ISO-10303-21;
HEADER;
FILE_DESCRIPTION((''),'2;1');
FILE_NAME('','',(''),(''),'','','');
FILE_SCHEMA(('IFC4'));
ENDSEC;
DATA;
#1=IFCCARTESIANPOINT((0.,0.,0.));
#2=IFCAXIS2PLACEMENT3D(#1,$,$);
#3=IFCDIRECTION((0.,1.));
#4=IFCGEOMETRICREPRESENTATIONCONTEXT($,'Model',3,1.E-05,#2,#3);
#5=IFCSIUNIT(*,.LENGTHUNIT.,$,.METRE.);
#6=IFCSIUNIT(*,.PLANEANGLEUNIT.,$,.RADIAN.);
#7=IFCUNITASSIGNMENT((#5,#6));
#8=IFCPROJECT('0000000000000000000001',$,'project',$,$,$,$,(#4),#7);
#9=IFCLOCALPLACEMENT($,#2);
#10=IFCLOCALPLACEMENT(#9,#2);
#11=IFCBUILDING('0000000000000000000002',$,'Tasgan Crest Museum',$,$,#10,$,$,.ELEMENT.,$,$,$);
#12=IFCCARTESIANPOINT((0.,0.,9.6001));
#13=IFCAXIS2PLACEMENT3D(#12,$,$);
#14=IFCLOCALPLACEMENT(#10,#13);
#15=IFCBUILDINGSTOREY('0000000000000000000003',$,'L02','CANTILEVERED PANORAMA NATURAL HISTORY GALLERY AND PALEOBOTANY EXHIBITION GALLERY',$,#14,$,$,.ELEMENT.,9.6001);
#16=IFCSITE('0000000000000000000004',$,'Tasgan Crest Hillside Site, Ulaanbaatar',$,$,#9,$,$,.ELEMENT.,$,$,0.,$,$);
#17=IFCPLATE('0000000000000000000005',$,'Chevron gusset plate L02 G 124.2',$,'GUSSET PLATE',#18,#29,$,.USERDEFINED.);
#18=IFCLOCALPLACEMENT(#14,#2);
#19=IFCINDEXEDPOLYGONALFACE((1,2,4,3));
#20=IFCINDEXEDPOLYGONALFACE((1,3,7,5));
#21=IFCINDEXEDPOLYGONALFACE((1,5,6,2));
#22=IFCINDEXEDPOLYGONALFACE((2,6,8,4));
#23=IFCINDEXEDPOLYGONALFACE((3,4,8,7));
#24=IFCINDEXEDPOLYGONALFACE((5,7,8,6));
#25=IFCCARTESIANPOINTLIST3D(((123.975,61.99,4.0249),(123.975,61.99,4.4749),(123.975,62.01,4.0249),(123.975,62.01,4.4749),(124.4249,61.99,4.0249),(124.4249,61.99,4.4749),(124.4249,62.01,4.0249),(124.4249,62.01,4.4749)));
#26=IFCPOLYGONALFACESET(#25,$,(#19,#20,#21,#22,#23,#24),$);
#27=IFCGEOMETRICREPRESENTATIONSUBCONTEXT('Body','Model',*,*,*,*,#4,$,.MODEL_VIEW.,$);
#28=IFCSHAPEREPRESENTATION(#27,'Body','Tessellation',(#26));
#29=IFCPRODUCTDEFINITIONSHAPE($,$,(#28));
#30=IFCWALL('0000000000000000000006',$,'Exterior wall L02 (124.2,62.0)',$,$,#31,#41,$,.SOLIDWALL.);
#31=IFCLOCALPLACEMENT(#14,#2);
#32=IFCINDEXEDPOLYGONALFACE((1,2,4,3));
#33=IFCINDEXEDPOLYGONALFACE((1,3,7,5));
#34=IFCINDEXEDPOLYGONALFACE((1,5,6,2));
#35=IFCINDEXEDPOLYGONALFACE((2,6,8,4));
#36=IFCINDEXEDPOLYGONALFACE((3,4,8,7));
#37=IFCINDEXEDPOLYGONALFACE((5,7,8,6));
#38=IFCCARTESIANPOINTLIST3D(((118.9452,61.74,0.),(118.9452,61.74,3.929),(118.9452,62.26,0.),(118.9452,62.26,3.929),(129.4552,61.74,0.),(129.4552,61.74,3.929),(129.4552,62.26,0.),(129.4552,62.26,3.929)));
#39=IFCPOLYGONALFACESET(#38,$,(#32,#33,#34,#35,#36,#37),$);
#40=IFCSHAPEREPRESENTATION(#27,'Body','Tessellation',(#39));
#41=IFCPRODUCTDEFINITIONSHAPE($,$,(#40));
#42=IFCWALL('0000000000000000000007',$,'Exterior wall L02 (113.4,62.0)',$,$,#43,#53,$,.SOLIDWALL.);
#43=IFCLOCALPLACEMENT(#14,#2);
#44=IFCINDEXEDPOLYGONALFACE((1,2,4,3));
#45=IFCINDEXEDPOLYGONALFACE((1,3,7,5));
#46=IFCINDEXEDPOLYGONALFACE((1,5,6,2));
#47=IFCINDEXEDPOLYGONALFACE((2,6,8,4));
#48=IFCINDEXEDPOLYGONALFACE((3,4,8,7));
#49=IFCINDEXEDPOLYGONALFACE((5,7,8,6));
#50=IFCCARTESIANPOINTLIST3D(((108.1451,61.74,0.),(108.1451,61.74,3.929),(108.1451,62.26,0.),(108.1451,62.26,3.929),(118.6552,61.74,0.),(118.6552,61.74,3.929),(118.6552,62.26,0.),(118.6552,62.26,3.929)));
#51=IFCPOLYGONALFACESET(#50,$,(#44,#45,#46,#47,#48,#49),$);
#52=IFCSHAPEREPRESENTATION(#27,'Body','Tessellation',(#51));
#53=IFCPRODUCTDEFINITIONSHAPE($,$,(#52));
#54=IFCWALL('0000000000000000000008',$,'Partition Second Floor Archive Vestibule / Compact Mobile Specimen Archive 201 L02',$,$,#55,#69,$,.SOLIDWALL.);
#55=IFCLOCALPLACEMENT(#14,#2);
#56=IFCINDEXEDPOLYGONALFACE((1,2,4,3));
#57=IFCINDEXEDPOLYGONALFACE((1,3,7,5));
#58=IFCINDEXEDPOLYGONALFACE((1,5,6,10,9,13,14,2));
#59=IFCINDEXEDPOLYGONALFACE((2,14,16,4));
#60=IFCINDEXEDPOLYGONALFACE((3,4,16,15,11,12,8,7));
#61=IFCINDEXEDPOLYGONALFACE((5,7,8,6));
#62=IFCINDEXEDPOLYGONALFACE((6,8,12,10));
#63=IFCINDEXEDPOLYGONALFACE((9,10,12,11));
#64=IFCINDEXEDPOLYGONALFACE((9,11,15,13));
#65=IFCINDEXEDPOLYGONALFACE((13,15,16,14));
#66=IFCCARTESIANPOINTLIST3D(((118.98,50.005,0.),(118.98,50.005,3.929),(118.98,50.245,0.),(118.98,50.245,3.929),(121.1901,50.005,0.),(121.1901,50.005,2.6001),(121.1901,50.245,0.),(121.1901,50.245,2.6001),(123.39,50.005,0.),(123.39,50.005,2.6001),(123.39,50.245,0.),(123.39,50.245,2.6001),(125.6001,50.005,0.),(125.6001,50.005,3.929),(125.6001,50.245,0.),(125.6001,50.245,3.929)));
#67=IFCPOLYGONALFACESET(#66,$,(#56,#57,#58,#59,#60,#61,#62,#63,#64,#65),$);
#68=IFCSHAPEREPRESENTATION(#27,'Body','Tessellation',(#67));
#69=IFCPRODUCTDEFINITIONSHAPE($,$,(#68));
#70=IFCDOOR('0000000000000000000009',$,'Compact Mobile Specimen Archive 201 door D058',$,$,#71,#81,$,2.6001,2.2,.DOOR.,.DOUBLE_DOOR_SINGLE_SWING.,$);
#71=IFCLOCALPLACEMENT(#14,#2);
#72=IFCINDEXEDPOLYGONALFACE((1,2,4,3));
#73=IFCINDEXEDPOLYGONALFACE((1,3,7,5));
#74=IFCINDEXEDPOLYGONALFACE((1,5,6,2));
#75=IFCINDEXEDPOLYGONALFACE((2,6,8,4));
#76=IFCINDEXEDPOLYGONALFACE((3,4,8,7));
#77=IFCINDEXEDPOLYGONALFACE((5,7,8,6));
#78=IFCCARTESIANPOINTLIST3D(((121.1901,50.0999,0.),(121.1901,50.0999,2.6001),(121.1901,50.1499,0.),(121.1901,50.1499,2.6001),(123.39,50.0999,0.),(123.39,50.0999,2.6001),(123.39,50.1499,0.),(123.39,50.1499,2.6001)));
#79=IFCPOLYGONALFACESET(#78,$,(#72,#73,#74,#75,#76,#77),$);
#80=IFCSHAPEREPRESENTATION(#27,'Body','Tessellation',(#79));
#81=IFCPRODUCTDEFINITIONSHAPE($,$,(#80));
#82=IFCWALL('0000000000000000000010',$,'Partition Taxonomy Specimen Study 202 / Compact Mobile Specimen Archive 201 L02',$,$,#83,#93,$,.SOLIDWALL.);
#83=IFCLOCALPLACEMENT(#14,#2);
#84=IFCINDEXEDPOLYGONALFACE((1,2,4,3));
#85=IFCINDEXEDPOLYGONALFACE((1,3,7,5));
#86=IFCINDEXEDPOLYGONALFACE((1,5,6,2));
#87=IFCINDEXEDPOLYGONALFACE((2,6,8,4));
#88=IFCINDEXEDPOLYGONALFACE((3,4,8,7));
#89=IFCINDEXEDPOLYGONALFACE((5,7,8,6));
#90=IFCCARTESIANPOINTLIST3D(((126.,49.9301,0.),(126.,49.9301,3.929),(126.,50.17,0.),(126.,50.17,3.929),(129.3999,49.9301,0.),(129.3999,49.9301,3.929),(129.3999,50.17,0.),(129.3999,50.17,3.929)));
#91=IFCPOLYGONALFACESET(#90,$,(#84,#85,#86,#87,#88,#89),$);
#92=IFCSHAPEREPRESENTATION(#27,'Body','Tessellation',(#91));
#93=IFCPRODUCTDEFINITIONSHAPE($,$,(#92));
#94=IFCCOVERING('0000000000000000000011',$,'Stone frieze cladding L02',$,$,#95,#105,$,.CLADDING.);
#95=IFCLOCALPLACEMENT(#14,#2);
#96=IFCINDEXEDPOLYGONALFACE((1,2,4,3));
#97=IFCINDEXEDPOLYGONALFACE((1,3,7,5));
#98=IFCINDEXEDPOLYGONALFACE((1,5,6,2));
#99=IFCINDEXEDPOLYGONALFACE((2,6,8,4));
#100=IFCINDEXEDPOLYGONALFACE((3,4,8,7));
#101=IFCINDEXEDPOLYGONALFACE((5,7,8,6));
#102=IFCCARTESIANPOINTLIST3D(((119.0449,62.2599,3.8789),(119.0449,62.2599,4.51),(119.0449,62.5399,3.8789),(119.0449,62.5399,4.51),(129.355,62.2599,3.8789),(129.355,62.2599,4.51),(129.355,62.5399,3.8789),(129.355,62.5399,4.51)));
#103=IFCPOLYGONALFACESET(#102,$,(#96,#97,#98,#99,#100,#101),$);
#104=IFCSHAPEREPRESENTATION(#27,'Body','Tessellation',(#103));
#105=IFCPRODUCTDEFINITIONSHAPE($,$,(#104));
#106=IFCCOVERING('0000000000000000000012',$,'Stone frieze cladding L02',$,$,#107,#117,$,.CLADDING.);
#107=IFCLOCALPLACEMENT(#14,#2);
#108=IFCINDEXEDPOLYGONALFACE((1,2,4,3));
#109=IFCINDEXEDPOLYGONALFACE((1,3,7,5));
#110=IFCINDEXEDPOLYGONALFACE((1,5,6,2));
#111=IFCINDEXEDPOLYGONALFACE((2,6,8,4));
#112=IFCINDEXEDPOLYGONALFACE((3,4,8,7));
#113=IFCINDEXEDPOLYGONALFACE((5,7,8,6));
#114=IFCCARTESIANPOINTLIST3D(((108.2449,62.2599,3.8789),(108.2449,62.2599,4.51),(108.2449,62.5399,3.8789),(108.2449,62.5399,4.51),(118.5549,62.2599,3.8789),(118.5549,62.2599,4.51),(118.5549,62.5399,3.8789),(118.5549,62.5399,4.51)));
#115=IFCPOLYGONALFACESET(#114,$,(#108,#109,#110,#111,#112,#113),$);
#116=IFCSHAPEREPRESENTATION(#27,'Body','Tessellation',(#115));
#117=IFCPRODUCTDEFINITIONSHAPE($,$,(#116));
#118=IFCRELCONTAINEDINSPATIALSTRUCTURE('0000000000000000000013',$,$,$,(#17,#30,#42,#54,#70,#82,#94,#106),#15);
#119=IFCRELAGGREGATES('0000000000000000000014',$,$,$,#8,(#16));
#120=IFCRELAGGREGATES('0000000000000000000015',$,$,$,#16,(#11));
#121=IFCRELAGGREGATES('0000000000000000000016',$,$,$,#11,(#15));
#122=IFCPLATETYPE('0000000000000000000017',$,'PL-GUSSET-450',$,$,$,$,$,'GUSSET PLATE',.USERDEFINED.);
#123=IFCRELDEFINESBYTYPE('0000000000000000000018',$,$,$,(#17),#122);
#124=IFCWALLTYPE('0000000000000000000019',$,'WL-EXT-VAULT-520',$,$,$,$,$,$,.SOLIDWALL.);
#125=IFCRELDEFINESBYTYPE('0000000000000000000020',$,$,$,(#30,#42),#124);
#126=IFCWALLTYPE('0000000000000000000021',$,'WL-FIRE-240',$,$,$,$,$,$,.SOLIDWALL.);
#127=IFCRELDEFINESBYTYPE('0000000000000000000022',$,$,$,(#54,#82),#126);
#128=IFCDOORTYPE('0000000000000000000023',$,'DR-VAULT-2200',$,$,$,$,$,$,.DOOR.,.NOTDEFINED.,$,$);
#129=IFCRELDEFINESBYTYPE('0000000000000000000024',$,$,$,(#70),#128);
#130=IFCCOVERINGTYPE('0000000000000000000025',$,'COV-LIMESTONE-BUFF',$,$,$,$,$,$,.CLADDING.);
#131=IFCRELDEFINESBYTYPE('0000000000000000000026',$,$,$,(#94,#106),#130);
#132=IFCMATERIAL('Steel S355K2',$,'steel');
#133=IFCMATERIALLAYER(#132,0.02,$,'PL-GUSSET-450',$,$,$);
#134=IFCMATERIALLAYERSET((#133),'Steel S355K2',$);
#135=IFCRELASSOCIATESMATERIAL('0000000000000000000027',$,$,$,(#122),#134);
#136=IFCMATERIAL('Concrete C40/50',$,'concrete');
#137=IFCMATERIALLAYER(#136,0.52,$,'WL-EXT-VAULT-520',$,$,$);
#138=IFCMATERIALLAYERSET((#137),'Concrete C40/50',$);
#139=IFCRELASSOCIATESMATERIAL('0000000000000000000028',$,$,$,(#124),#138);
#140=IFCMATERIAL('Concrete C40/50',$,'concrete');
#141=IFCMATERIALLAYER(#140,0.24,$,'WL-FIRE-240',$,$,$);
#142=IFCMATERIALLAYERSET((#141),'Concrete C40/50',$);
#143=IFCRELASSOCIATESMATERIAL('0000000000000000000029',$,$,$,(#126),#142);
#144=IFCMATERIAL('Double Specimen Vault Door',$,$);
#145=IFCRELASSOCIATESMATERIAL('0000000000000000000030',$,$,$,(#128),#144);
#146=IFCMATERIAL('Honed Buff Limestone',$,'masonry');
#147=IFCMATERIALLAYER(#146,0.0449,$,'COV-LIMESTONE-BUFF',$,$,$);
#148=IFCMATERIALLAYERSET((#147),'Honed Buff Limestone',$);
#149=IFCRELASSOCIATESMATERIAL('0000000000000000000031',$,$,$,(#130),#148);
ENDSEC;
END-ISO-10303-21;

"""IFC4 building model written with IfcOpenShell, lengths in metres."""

from ifc_helpers import new_model, si_unit, direction, frame, frame_2d, origin, origin_2d, place, context, subcontext, project, spatial, rectangle, extrude, material, layer, layer_set, type_object, element, fill, save


model = new_model("IFC4")

# Units and contexts
model_context = context("Model", 3, precision=1e-05, world=origin(), true_north=direction((0.0, 1.0)))
body_context = subcontext(model_context, "Body", "Model", "MODEL_VIEW")
ifc_project = project(units=[si_unit("LENGTHUNIT", "METRE"), si_unit("PLANEANGLEUNIT", "RADIAN")], contexts=[model_context])

# Site, building, storey
site_placement = place(None, origin())
site = spatial("IfcSite", under=ifc_project, at=site_placement, Name="Tasgan Crest Hillside Site, Ulaanbaatar", CompositionType="ELEMENT", RefElevation=0.0)
building_placement = place(site_placement, origin())
building = spatial("IfcBuilding", under=site, at=building_placement, Name="Tasgan Crest Museum", CompositionType="ELEMENT")
storey_placement = place(building_placement, frame((0.0, 0.0, 9.6001)))
storey = spatial("IfcBuildingStorey", under=building, at=storey_placement, Name="L02", Description="CANTILEVERED PANORAMA NATURAL HISTORY GALLERY AND PALEOBOTANY EXHIBITION GALLERY", CompositionType="ELEMENT", Elevation=9.6001)

# Plate
ifc_material_1 = material(Name="Steel S355K2", Category="steel")
ifc_layer_1 = layer(ifc_material_1, 0.02, Name="PL-GUSSET-450")
ifc_layer_set_1 = layer_set([ifc_layer_1], Name="Steel S355K2")
plate_type = type_object("IfcPlateType", Name="PL-GUSSET-450", ElementType="GUSSET PLATE", PredefinedType="USERDEFINED", material=ifc_layer_set_1)
plate_placement = place(storey_placement, frame((124.2, 62.0, 4.0249), z_axis=(0.0, 0.0, 1.0), x_axis=(1.0, 0.0, 0.0)))
element("IfcPlate", 1, at=plate_placement, inside=storey, type_object=plate_type, Name="Chevron gusset plate L02 G 124.2", ObjectType="GUSSET PLATE", PredefinedType="USERDEFINED", context=body_context, shape_type="SweptSolid", body=[
    extrude(rectangle(XDim=0.45, YDim=0.02, at=origin_2d()), origin(), (0.0, 0.0, 1.0), 0.45),
])

# Walls
ifc_material_2 = material(Name="Concrete C40/50", Category="concrete")
ifc_layer_2 = layer(ifc_material_2, 0.52, Name="WL-EXT-VAULT-520")
ifc_layer_set_2 = layer_set([ifc_layer_2], Name="Concrete C40/50")
wall_type_1 = type_object("IfcWallType", Name="WL-EXT-VAULT-520", PredefinedType="SOLIDWALL", material=ifc_layer_set_2)
for number, where, z_axis, x_axis, name in (
    (2, (129.4551, 62.0, 0.0), (0.0, 0.0, 1.0), (-1.0, 0.0, 0.0), "Exterior wall L02 (124.2,62.0)"),
    (3, (118.655, 62.0, 0.0), (0.0, 0.0, 1.0), (-1.0, 0.0, 0.0), "Exterior wall L02 (113.4,62.0)"),
):
    element("IfcWall", number, at=place(storey_placement, frame(where, z_axis=z_axis, x_axis=x_axis)), inside=storey, type_object=wall_type_1, Name=name, PredefinedType="SOLIDWALL", context=body_context, shape_type="SweptSolid", body=[
        extrude(rectangle(XDim=10.51, YDim=0.52, at=frame_2d((5.2549, 0.0))), origin(), (0.0, 0.0, 1.0), 3.929),
    ])

# Wall, opening, door
ifc_material_3 = material(Name="Concrete C40/50", Category="concrete")
ifc_layer_3 = layer(ifc_material_3, 0.24, Name="WL-FIRE-240")
ifc_layer_set_3 = layer_set([ifc_layer_3], Name="Concrete C40/50")
wall_type_2 = type_object("IfcWallType", Name="WL-FIRE-240", PredefinedType="SOLIDWALL", material=ifc_layer_set_3)
wall_1_placement = place(storey_placement, frame((118.98, 50.125, 0.0), z_axis=(0.0, 0.0, 1.0), x_axis=(1.0, 0.0, 0.0)))
wall_1 = element("IfcWall", 4, at=wall_1_placement, inside=storey, type_object=wall_type_2, Name="Partition Second Floor Archive Vestibule / Compact Mobile Specimen Archive 201 L02", PredefinedType="SOLIDWALL", context=body_context, shape_type="SweptSolid", body=[
    extrude(rectangle(XDim=6.6201, YDim=0.24, at=frame_2d((3.3101, 0.0))), origin(), (0.0, 0.0, 1.0), 3.929),
])
opening_placement = place(wall_1_placement, frame((2.21, 0.0, 0.0)))
opening = element("IfcOpeningElement", 5, at=opening_placement, cuts=wall_1, PredefinedType="OPENING", context=body_context, shape_type="SweptSolid", body=[
    extrude(rectangle(XDim=2.2, YDim=2.6001, at=frame_2d((1.1001, 1.3))), frame((0.0, 0.1299, 0.0), z_axis=(0.0, -1.0, 0.0), x_axis=(1.0, 0.0, 0.0)), (0.0, 0.0, 1.0), 0.26),
])
ifc_material_4 = material(Name="Double Specimen Vault Door")
door_type = type_object("IfcDoorType", Name="DR-VAULT-2200", OperationType="NOTDEFINED", PredefinedType="DOOR", material=ifc_material_4)
door_placement = place(opening_placement, origin())
door = element("IfcDoor", 6, at=door_placement, inside=storey, type_object=door_type, Name="Compact Mobile Specimen Archive 201 door D058", OperationType="DOUBLE_DOOR_SINGLE_SWING", OverallHeight=2.6001, OverallWidth=2.2, PredefinedType="DOOR", context=body_context, shape_type="SweptSolid", body=[
    extrude(rectangle(XDim=2.2, YDim=2.6001, at=frame_2d((1.1001, 1.3))), frame((0.0, 0.0249, 0.0), z_axis=(0.0, -1.0, 0.0), x_axis=(1.0, 0.0, 0.0)), (0.0, 0.0, 1.0), 0.05),
])
fill(opening, door)

# Wall
wall_2_placement = place(storey_placement, frame((126.0, 50.05, 0.0), z_axis=(0.0, 0.0, 1.0), x_axis=(1.0, 0.0, 0.0)))
element("IfcWall", 7, at=wall_2_placement, inside=storey, type_object=wall_type_2, Name="Partition Taxonomy Specimen Study 202 / Compact Mobile Specimen Archive 201 L02", PredefinedType="SOLIDWALL", context=body_context, shape_type="SweptSolid", body=[
    extrude(rectangle(XDim=3.3999, YDim=0.24, at=frame_2d((1.7, 0.0))), origin(), (0.0, 0.0, 1.0), 3.929),
])

# Coverings
ifc_material_5 = material(Name="Honed Buff Limestone", Category="masonry")
ifc_layer_4 = layer(ifc_material_5, 0.0449, Name="COV-LIMESTONE-BUFF")
ifc_layer_set_4 = layer_set([ifc_layer_4], Name="Honed Buff Limestone")
covering_type = type_object("IfcCoveringType", Name="COV-LIMESTONE-BUFF", PredefinedType="CLADDING", material=ifc_layer_set_4)
for number, where, z_axis, x_axis, name in (
    (8, (124.2, 62.3999, 3.8789), (0.0, 0.0, 1.0), (-1.0, 0.0, 0.0), "Stone frieze cladding L02"),
    (9, (113.3999, 62.3999, 3.8789), (0.0, 0.0, 1.0), (-1.0, 0.0, 0.0), "Stone frieze cladding L02"),
):
    element("IfcCovering", number, at=place(storey_placement, frame(where, z_axis=z_axis, x_axis=x_axis)), inside=storey, type_object=covering_type, Name=name, PredefinedType="CLADDING", context=body_context, shape_type="SweptSolid", body=[
        extrude(rectangle(XDim=10.3101, YDim=0.28, at=origin_2d()), origin(), (0.0, 0.0, 1.0), 0.6311),
    ])

save(model, "model.ifc")
